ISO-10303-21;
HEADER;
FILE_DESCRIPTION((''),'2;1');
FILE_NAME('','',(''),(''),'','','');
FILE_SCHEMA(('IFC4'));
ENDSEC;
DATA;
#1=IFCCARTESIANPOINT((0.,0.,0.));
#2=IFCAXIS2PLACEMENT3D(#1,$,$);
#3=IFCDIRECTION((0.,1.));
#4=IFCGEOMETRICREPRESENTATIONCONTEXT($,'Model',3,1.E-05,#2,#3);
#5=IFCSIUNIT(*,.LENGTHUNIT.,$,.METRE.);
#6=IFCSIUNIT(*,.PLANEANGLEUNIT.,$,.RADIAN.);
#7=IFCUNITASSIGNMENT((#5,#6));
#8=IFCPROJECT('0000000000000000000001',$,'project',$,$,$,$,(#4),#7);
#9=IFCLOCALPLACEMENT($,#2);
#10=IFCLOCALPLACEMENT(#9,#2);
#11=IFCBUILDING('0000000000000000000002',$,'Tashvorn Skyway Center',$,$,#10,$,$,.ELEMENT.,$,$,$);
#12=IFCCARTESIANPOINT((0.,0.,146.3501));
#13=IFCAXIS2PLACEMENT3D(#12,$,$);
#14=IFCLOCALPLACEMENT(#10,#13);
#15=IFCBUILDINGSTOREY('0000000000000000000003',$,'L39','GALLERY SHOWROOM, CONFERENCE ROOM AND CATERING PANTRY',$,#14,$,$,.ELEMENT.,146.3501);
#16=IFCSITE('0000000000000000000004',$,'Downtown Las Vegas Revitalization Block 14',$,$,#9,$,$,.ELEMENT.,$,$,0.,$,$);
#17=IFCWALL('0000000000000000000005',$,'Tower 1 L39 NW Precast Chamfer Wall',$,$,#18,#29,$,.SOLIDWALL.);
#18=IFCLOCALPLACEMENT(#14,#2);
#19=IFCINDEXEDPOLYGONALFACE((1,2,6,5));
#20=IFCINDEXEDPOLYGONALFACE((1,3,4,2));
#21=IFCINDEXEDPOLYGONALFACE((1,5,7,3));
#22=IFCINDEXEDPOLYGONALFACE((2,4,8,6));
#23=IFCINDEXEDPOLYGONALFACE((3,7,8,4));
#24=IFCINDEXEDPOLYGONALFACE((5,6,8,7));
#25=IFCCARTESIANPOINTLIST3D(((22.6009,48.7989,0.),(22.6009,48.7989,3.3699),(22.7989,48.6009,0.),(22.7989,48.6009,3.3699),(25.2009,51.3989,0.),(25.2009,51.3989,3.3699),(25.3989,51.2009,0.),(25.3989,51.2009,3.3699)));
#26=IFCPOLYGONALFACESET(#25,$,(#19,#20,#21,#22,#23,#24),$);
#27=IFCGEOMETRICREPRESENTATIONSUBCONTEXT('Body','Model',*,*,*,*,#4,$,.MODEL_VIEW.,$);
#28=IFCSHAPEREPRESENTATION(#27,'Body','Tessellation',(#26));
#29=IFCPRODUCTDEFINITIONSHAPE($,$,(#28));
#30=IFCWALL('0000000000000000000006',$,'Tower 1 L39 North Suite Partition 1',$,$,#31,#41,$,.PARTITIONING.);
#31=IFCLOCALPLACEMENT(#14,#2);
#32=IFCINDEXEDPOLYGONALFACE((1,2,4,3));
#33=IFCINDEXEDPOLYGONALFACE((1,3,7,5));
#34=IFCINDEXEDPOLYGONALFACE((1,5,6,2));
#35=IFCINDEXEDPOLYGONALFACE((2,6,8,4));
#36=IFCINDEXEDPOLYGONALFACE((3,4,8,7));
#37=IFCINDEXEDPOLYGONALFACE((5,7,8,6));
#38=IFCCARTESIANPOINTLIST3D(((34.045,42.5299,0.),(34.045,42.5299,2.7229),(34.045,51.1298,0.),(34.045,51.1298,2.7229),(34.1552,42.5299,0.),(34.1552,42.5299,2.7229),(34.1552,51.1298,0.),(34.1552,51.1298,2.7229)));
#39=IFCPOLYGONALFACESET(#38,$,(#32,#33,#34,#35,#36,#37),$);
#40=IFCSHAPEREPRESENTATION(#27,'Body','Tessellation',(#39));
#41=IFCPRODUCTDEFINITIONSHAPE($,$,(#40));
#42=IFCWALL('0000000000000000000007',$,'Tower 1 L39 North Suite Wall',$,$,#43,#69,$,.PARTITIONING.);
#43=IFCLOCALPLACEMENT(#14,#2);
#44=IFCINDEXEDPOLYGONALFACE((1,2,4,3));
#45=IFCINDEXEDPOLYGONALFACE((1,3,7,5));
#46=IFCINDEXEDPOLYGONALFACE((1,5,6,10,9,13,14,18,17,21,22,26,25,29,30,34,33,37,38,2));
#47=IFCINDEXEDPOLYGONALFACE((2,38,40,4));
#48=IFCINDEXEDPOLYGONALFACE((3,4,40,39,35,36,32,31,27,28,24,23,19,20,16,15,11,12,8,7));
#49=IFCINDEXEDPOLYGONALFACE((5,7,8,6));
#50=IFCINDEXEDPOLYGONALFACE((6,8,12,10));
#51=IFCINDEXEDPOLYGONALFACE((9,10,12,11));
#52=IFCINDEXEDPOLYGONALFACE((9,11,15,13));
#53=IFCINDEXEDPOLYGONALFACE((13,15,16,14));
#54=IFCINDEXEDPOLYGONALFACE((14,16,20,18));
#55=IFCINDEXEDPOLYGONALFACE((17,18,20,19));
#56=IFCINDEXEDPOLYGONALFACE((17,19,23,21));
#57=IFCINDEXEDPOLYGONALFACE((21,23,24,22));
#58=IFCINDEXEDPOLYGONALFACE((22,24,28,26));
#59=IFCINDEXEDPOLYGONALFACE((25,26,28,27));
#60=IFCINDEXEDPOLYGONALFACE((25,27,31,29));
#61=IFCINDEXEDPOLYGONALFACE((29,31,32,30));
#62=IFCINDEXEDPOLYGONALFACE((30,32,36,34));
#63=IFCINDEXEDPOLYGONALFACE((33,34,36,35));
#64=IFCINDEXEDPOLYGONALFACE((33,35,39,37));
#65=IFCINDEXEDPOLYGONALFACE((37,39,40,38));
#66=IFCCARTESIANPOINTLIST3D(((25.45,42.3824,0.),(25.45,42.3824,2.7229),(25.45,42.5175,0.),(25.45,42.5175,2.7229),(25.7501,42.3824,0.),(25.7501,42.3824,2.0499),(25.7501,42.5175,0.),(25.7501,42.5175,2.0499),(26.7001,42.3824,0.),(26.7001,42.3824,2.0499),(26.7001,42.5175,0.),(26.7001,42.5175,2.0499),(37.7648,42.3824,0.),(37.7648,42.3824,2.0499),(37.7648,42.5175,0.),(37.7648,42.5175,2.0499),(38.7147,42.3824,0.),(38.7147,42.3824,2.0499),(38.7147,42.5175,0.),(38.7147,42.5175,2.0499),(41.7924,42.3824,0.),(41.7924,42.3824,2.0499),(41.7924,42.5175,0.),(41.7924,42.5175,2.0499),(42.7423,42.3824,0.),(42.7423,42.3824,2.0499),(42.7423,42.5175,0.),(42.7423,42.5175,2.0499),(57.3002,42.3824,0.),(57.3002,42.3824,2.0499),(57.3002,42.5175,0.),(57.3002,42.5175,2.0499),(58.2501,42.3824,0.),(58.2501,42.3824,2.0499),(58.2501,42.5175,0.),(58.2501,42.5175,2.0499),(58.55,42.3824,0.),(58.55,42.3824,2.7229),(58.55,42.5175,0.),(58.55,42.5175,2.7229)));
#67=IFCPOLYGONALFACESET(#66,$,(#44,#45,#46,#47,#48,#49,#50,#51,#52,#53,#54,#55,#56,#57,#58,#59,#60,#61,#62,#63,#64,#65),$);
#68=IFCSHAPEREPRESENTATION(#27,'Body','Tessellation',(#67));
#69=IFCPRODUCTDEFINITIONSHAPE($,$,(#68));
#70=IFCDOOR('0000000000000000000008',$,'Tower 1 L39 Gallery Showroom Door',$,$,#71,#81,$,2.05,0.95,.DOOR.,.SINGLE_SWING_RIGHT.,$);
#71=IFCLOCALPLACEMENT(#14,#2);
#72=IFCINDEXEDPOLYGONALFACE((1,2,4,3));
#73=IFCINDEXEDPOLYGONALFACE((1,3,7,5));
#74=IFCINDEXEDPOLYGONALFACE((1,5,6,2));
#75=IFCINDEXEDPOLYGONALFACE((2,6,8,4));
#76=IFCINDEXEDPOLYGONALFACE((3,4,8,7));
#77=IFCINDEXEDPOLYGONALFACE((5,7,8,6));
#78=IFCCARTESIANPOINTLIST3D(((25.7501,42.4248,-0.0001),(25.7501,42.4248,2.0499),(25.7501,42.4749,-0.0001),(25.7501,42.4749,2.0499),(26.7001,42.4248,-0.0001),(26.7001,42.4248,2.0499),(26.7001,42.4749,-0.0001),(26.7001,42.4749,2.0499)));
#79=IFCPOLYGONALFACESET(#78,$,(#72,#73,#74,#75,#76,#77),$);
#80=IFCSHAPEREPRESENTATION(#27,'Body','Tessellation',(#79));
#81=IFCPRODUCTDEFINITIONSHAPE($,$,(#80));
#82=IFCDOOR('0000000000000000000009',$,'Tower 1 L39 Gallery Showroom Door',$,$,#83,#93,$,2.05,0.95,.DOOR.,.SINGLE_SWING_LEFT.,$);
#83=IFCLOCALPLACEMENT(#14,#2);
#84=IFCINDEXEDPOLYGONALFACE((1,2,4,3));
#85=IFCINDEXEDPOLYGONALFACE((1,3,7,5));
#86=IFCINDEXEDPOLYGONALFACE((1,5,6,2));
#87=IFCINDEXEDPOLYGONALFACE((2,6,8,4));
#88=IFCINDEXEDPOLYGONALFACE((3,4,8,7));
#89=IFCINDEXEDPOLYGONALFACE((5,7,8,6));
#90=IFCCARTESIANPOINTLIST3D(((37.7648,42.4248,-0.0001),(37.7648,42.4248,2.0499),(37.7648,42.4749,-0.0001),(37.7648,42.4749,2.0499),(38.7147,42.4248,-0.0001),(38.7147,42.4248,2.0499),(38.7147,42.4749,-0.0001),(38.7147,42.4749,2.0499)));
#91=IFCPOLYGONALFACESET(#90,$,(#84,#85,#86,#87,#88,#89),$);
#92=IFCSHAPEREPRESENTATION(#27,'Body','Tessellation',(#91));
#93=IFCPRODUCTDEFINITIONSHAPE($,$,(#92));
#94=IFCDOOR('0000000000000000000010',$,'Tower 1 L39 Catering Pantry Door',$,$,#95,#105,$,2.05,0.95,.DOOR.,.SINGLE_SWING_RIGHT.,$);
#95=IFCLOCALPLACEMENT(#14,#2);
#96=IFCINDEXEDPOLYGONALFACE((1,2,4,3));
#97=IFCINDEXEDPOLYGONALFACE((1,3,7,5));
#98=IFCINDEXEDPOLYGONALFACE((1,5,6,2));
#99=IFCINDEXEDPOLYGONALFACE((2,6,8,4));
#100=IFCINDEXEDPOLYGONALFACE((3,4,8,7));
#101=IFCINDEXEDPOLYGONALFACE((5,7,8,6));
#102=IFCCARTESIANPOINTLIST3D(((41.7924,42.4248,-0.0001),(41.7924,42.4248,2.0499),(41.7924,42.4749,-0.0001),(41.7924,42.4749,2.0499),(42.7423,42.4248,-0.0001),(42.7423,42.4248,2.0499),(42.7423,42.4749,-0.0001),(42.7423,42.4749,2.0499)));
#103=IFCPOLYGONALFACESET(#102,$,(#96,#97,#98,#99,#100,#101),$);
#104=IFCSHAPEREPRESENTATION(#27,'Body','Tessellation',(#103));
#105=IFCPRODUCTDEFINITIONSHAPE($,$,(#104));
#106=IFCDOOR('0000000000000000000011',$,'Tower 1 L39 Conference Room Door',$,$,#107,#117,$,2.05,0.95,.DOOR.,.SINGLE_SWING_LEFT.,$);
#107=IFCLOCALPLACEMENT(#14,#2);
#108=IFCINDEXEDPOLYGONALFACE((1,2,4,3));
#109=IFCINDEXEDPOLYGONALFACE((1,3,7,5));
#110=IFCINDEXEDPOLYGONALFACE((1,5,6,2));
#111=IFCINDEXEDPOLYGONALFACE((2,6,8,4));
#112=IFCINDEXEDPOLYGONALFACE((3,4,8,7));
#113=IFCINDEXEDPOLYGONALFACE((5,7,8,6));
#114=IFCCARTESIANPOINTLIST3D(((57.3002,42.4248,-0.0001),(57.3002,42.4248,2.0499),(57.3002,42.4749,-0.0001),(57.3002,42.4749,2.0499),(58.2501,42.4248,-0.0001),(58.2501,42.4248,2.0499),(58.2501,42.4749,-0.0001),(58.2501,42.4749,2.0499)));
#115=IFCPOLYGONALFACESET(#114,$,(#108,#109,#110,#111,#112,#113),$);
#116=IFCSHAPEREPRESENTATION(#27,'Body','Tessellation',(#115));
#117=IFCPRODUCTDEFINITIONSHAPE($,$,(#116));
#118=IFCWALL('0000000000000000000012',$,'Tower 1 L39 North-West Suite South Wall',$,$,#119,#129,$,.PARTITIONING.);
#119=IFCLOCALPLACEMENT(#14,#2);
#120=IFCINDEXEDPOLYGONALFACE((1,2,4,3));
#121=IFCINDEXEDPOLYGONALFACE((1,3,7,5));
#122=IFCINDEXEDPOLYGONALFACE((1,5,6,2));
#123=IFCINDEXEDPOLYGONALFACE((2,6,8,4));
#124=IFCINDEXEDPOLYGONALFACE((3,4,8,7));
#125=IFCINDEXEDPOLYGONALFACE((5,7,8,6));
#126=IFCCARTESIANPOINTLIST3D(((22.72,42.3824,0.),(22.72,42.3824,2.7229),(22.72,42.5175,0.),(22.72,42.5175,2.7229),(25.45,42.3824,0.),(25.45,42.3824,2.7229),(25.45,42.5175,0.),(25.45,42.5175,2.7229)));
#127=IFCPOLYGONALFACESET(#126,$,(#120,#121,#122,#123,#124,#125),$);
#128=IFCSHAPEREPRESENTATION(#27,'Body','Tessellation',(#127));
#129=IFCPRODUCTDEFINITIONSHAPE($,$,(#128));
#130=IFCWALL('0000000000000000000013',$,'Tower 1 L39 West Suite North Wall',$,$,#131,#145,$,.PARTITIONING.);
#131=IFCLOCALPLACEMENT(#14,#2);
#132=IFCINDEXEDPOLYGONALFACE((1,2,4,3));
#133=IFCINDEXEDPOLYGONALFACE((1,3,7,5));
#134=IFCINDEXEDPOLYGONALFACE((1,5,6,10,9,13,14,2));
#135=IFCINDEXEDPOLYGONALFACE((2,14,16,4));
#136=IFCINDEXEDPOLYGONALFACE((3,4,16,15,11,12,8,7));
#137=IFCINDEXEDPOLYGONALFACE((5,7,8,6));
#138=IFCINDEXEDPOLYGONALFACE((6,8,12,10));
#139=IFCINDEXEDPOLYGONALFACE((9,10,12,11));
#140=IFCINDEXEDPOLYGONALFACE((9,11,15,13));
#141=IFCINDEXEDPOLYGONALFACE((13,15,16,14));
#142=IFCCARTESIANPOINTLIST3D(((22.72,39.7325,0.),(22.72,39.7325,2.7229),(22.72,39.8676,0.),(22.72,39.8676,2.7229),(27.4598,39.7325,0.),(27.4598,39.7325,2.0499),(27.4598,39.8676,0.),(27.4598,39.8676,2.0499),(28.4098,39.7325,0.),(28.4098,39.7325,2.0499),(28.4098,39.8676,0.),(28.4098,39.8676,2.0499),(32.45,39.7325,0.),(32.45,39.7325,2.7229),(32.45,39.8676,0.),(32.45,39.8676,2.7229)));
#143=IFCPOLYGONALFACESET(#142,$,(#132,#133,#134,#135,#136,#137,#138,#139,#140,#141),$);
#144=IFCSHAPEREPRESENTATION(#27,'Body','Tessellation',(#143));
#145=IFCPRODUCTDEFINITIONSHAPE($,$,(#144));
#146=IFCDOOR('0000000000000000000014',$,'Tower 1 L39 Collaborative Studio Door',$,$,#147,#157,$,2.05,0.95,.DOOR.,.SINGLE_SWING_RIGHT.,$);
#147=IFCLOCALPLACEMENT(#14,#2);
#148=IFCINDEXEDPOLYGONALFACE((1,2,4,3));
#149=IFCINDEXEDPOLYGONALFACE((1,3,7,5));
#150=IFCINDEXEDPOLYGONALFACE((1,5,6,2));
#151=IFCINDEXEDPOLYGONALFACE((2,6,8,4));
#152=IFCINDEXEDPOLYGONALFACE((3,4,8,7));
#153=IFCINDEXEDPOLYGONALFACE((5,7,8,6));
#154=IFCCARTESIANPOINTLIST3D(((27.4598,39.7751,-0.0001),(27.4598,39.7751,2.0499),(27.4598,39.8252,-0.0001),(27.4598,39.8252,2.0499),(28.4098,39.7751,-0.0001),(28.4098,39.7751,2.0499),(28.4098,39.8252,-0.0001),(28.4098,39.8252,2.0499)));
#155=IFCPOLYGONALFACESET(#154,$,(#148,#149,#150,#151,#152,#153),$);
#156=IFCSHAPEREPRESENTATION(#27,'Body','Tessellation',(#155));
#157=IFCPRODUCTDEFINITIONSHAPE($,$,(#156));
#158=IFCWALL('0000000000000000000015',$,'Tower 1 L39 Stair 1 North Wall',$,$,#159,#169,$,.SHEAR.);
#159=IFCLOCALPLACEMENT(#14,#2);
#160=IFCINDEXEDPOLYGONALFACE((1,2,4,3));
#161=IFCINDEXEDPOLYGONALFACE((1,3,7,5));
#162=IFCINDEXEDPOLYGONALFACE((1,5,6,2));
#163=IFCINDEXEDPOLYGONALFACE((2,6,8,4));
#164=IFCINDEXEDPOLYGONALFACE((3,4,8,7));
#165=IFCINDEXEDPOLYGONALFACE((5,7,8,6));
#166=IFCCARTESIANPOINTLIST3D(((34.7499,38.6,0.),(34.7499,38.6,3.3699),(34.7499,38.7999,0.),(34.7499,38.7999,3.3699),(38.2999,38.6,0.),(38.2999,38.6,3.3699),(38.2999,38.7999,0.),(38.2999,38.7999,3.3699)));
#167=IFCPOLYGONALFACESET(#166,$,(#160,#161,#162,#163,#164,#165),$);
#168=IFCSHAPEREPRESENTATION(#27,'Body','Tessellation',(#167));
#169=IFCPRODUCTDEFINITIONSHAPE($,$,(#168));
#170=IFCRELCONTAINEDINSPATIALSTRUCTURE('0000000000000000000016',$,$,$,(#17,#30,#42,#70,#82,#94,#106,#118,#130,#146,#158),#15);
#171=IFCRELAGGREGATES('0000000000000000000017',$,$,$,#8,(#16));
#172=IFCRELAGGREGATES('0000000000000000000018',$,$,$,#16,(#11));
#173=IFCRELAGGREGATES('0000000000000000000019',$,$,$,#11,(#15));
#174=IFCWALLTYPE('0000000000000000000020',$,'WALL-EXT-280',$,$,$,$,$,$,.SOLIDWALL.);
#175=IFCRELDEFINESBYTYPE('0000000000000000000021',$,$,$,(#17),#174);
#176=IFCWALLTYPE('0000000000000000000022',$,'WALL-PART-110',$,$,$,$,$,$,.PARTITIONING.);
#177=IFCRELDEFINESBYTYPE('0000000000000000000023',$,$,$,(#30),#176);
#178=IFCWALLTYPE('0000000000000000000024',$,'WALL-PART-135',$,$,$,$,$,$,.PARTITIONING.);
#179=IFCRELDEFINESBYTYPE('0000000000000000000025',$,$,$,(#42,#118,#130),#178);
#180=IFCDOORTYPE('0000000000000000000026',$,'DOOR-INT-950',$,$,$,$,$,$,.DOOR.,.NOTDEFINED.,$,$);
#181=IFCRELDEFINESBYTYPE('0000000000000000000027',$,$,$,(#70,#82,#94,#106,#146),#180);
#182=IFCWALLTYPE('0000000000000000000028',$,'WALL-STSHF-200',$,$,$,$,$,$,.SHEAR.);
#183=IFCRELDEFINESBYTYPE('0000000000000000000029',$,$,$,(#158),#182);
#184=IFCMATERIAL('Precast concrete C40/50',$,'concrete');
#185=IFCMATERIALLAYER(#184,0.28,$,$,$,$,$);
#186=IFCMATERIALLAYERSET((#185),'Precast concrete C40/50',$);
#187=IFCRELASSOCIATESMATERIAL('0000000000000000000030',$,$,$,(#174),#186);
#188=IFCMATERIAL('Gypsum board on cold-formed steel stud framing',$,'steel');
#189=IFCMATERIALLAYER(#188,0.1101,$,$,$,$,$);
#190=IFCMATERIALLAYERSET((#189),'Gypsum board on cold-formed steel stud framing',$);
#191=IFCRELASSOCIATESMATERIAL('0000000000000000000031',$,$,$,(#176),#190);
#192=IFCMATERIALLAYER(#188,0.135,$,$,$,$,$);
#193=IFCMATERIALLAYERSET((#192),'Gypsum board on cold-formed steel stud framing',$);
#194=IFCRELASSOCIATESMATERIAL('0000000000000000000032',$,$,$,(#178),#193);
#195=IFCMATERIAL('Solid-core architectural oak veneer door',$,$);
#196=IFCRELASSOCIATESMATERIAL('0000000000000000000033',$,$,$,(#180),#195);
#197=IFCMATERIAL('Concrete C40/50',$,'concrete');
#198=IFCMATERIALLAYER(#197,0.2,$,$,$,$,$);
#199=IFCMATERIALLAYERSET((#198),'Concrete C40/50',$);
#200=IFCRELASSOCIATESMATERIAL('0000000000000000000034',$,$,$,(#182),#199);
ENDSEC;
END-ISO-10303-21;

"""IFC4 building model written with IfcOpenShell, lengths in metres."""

from ifc_helpers import new_model, si_unit, direction, frame, frame_2d, origin, place, context, subcontext, project, spatial, rectangle, extrude, material, layer, layer_set, type_object, element, fill, save


model = new_model("IFC4")

# Units and contexts
model_context = context("Model", 3, precision=1e-05, world=origin(), true_north=direction((0.0, 1.0)))
body_context = subcontext(model_context, "Body", "Model", "MODEL_VIEW")
ifc_project = project(units=[si_unit("LENGTHUNIT", "METRE"), si_unit("PLANEANGLEUNIT", "RADIAN")], contexts=[model_context])

# Site, building, storey
site_placement = place(None, origin())
site = spatial("IfcSite", under=ifc_project, at=site_placement, Name="Downtown Las Vegas Revitalization Block 14", CompositionType="ELEMENT", RefElevation=0.0)
building_placement = place(site_placement, origin())
building = spatial("IfcBuilding", under=site, at=building_placement, Name="Tashvorn Skyway Center", CompositionType="ELEMENT")
storey_placement = place(building_placement, frame((0.0, 0.0, 146.3501)))
storey = spatial("IfcBuildingStorey", under=building, at=storey_placement, Name="L39", Description="GALLERY SHOWROOM, CONFERENCE ROOM AND CATERING PANTRY", CompositionType="ELEMENT", Elevation=146.3501)

# Walls
ifc_material_1 = material(Name="Precast concrete C40/50", Category="concrete")
ifc_layer_1 = layer(ifc_material_1, 0.28)
ifc_layer_set_1 = layer_set([ifc_layer_1], Name="Precast concrete C40/50")
wall_type_1 = type_object("IfcWallType", Name="WALL-EXT-280", PredefinedType="SOLIDWALL", material=ifc_layer_set_1)
wall_1_placement = place(storey_placement, frame((22.7, 48.7, 0.0), z_axis=(0.0, 0.0, 1.0), x_axis=(0.707107, 0.707107, 0.0)))
element("IfcWall", 1, at=wall_1_placement, inside=storey, type_object=wall_type_1, Name="Tower 1 L39 NW Precast Chamfer Wall", PredefinedType="SOLIDWALL", context=body_context, shape_type="SweptSolid", body=[
    extrude(rectangle(XDim=3.677, YDim=0.28, at=frame_2d((1.8384, 0.0))), origin(), (0.0, 0.0, 1.0), 3.3699),
])
ifc_material_2 = material(Name="Gypsum board on cold-formed steel stud framing", Category="steel")
ifc_layer_2 = layer(ifc_material_2, 0.1101)
ifc_layer_set_2 = layer_set([ifc_layer_2], Name="Gypsum board on cold-formed steel stud framing")
wall_type_2 = type_object("IfcWallType", Name="WALL-PART-110", PredefinedType="PARTITIONING", material=ifc_layer_set_2)
wall_2_placement = place(storey_placement, frame((34.1001, 42.53, 0.0), z_axis=(0.0, 0.0, 1.0), x_axis=(0.0, 1.0, 0.0)))
element("IfcWall", 2, at=wall_2_placement, inside=storey, type_object=wall_type_2, Name="Tower 1 L39 North Suite Partition 1", PredefinedType="PARTITIONING", context=body_context, shape_type="SweptSolid", body=[
    extrude(rectangle(XDim=8.5999, YDim=0.1101, at=frame_2d((4.2998, 0.0))), origin(), (0.0, 0.0, 1.0), 2.7229),
])

# Wall, openings, doors
ifc_layer_3 = layer(ifc_material_2, 0.135)
ifc_layer_set_3 = layer_set([ifc_layer_3], Name="Gypsum board on cold-formed steel stud framing")
wall_type_3 = type_object("IfcWallType", Name="WALL-PART-135", PredefinedType="PARTITIONING", material=ifc_layer_set_3)
wall_3_placement = place(storey_placement, frame((25.45, 42.45, 0.0), z_axis=(0.0, 0.0, 1.0), x_axis=(1.0, 0.0, 0.0)))
wall_3 = element("IfcWall", 3, at=wall_3_placement, inside=storey, type_object=wall_type_3, Name="Tower 1 L39 North Suite Wall", PredefinedType="PARTITIONING", context=body_context, shape_type="SweptSolid", body=[
    extrude(rectangle(XDim=33.1001, YDim=0.135, at=frame_2d((16.55, 0.0))), origin(), (0.0, 0.0, 1.0), 2.7229),
])
opening_1_placement = place(wall_3_placement, frame((0.3, 0.0, 0.0)))
opening_1 = element("IfcOpeningElement", 4, at=opening_1_placement, cuts=wall_3, PredefinedType="OPENING", context=body_context, shape_type="SweptSolid", body=[
    extrude(rectangle(XDim=0.95, YDim=2.05, at=frame_2d((0.4751, 1.0249))), frame((0.0, 0.0774, 0.0), z_axis=(0.0, -1.0, 0.0), x_axis=(1.0, 0.0, 0.0)), (0.0, 0.0, 1.0), 0.155),
])
opening_2_placement = place(wall_3_placement, frame((12.3147, 0.0, 0.0)))
opening_2 = element("IfcOpeningElement", 5, at=opening_2_placement, cuts=wall_3, PredefinedType="OPENING", context=body_context, shape_type="SweptSolid", body=[
    extrude(rectangle(XDim=0.95, YDim=2.05, at=frame_2d((0.4751, 1.0249))), frame((0.0, 0.0774, 0.0), z_axis=(0.0, -1.0, 0.0), x_axis=(1.0, 0.0, 0.0)), (0.0, 0.0, 1.0), 0.155),
])
opening_3_placement = place(wall_3_placement, frame((16.3423, 0.0, 0.0)))
opening_3 = element("IfcOpeningElement", 6, at=opening_3_placement, cuts=wall_3, PredefinedType="OPENING", context=body_context, shape_type="SweptSolid", body=[
    extrude(rectangle(XDim=0.95, YDim=2.05, at=frame_2d((0.4751, 1.0249))), frame((0.0, 0.0774, 0.0), z_axis=(0.0, -1.0, 0.0), x_axis=(1.0, 0.0, 0.0)), (0.0, 0.0, 1.0), 0.155),
])
opening_4_placement = place(wall_3_placement, frame((31.8501, 0.0, 0.0)))
opening_4 = element("IfcOpeningElement", 7, at=opening_4_placement, cuts=wall_3, PredefinedType="OPENING", context=body_context, shape_type="SweptSolid", body=[
    extrude(rectangle(XDim=0.95, YDim=2.05, at=frame_2d((0.4751, 1.0249))), frame((0.0, 0.0774, 0.0), z_axis=(0.0, -1.0, 0.0), x_axis=(1.0, 0.0, 0.0)), (0.0, 0.0, 1.0), 0.155),
])
ifc_material_3 = material(Name="Solid-core architectural oak veneer door")
door_type_1 = type_object("IfcDoorType", Name="DOOR-INT-950", OperationType="NOTDEFINED", PredefinedType="DOOR", material=ifc_material_3)
door_1_placement = place(opening_1_placement, origin())
door_1 = element("IfcDoor", 8, at=door_1_placement, inside=storey, type_object=door_type_1, Name="Tower 1 L39 Gallery Showroom Door", OperationType="SINGLE_SWING_RIGHT", OverallHeight=2.05, OverallWidth=0.95, PredefinedType="DOOR", context=body_context, shape_type="SweptSolid", body=[
    extrude(rectangle(XDim=0.95, YDim=2.05, at=frame_2d((0.4751, 1.0249))), frame((0.0, 0.0249, 0.0), z_axis=(0.0, -1.0, 0.0), x_axis=(1.0, 0.0, 0.0)), (0.0, 0.0, 1.0), 0.05),
])
fill(opening_1, door_1)
door_2_placement = place(opening_2_placement, origin())
door_2 = element("IfcDoor", 9, at=door_2_placement, inside=storey, type_object=door_type_1, Name="Tower 1 L39 Gallery Showroom Door", OperationType="SINGLE_SWING_LEFT", OverallHeight=2.05, OverallWidth=0.95, PredefinedType="DOOR", context=body_context, shape_type="SweptSolid", body=[
    extrude(rectangle(XDim=0.95, YDim=2.05, at=frame_2d((0.4751, 1.0249))), frame((0.0, 0.0249, 0.0), z_axis=(0.0, -1.0, 0.0), x_axis=(1.0, 0.0, 0.0)), (0.0, 0.0, 1.0), 0.05),
])
fill(opening_2, door_2)
door_3_placement = place(opening_3_placement, origin())
door_3 = element("IfcDoor", 10, at=door_3_placement, inside=storey, type_object=door_type_1, Name="Tower 1 L39 Catering Pantry Door", OperationType="SINGLE_SWING_RIGHT", OverallHeight=2.05, OverallWidth=0.95, PredefinedType="DOOR", context=body_context, shape_type="SweptSolid", body=[
    extrude(rectangle(XDim=0.95, YDim=2.05, at=frame_2d((0.4751, 1.0249))), frame((0.0, 0.0249, 0.0), z_axis=(0.0, -1.0, 0.0), x_axis=(1.0, 0.0, 0.0)), (0.0, 0.0, 1.0), 0.05),
])
fill(opening_3, door_3)
door_4_placement = place(opening_4_placement, origin())
door_4 = element("IfcDoor", 11, at=door_4_placement, inside=storey, type_object=door_type_1, Name="Tower 1 L39 Conference Room Door", OperationType="SINGLE_SWING_LEFT", OverallHeight=2.05, OverallWidth=0.95, PredefinedType="DOOR", context=body_context, shape_type="SweptSolid", body=[
    extrude(rectangle(XDim=0.95, YDim=2.05, at=frame_2d((0.4751, 1.0249))), frame((0.0, 0.0249, 0.0), z_axis=(0.0, -1.0, 0.0), x_axis=(1.0, 0.0, 0.0)), (0.0, 0.0, 1.0), 0.05),
])
fill(opening_4, door_4)

# Wall
wall_4_placement = place(storey_placement, frame((22.72, 42.45, 0.0), z_axis=(0.0, 0.0, 1.0), x_axis=(1.0, 0.0, 0.0)))
element("IfcWall", 12, at=wall_4_placement, inside=storey, type_object=wall_type_3, Name="Tower 1 L39 North-West Suite South Wall", PredefinedType="PARTITIONING", context=body_context, shape_type="SweptSolid", body=[
    extrude(rectangle(XDim=2.73, YDim=0.135, at=frame_2d((1.365, 0.0))), origin(), (0.0, 0.0, 1.0), 2.7229),
])

# Wall, opening, door
wall_5_placement = place(storey_placement, frame((32.45, 39.8, 0.0), z_axis=(0.0, 0.0, 1.0), x_axis=(-1.0, 0.0, 0.0)))
wall_5 = element("IfcWall", 13, at=wall_5_placement, inside=storey, type_object=wall_type_3, Name="Tower 1 L39 West Suite North Wall", PredefinedType="PARTITIONING", context=body_context, shape_type="SweptSolid", body=[
    extrude(rectangle(XDim=9.73, YDim=0.135, at=frame_2d((4.865, 0.0))), origin(), (0.0, 0.0, 1.0), 2.7229),
])
opening_5_placement = place(wall_5_placement, frame((4.04, 0.0, 0.0)))
opening_5 = element("IfcOpeningElement", 14, at=opening_5_placement, cuts=wall_5, PredefinedType="OPENING", context=body_context, shape_type="SweptSolid", body=[
    extrude(rectangle(XDim=0.95, YDim=2.05, at=frame_2d((0.4751, 1.0249))), frame((0.0, 0.0774, 0.0), z_axis=(0.0, -1.0, 0.0), x_axis=(1.0, 0.0, 0.0)), (0.0, 0.0, 1.0), 0.155),
])
door_5_placement = place(opening_5_placement, origin())
door_5 = element("IfcDoor", 15, at=door_5_placement, inside=storey, type_object=door_type_1, Name="Tower 1 L39 Collaborative Studio Door", OperationType="SINGLE_SWING_RIGHT", OverallHeight=2.05, OverallWidth=0.95, PredefinedType="DOOR", context=body_context, shape_type="SweptSolid", body=[
    extrude(rectangle(XDim=0.95, YDim=2.05, at=frame_2d((0.4751, 1.0249))), frame((0.0, 0.0249, 0.0), z_axis=(0.0, -1.0, 0.0), x_axis=(1.0, 0.0, 0.0)), (0.0, 0.0, 1.0), 0.05),
])
fill(opening_5, door_5)

# Wall
ifc_material_4 = material(Name="Concrete C40/50", Category="concrete")
ifc_layer_4 = layer(ifc_material_4, 0.2)
ifc_layer_set_4 = layer_set([ifc_layer_4], Name="Concrete C40/50")
wall_type_4 = type_object("IfcWallType", Name="WALL-STSHF-200", PredefinedType="SHEAR", material=ifc_layer_set_4)
wall_6_placement = place(storey_placement, frame((34.75, 38.7, 0.0), z_axis=(0.0, 0.0, 1.0), x_axis=(1.0, 0.0, 0.0)))
element("IfcWall", 16, at=wall_6_placement, inside=storey, type_object=wall_type_4, Name="Tower 1 L39 Stair 1 North Wall", PredefinedType="SHEAR", context=body_context, shape_type="SweptSolid", body=[
    extrude(rectangle(XDim=3.55, YDim=0.2, at=frame_2d((1.7749, 0.0))), origin(), (0.0, 0.0, 1.0), 3.3699),
])

save(model, "model.ifc")
